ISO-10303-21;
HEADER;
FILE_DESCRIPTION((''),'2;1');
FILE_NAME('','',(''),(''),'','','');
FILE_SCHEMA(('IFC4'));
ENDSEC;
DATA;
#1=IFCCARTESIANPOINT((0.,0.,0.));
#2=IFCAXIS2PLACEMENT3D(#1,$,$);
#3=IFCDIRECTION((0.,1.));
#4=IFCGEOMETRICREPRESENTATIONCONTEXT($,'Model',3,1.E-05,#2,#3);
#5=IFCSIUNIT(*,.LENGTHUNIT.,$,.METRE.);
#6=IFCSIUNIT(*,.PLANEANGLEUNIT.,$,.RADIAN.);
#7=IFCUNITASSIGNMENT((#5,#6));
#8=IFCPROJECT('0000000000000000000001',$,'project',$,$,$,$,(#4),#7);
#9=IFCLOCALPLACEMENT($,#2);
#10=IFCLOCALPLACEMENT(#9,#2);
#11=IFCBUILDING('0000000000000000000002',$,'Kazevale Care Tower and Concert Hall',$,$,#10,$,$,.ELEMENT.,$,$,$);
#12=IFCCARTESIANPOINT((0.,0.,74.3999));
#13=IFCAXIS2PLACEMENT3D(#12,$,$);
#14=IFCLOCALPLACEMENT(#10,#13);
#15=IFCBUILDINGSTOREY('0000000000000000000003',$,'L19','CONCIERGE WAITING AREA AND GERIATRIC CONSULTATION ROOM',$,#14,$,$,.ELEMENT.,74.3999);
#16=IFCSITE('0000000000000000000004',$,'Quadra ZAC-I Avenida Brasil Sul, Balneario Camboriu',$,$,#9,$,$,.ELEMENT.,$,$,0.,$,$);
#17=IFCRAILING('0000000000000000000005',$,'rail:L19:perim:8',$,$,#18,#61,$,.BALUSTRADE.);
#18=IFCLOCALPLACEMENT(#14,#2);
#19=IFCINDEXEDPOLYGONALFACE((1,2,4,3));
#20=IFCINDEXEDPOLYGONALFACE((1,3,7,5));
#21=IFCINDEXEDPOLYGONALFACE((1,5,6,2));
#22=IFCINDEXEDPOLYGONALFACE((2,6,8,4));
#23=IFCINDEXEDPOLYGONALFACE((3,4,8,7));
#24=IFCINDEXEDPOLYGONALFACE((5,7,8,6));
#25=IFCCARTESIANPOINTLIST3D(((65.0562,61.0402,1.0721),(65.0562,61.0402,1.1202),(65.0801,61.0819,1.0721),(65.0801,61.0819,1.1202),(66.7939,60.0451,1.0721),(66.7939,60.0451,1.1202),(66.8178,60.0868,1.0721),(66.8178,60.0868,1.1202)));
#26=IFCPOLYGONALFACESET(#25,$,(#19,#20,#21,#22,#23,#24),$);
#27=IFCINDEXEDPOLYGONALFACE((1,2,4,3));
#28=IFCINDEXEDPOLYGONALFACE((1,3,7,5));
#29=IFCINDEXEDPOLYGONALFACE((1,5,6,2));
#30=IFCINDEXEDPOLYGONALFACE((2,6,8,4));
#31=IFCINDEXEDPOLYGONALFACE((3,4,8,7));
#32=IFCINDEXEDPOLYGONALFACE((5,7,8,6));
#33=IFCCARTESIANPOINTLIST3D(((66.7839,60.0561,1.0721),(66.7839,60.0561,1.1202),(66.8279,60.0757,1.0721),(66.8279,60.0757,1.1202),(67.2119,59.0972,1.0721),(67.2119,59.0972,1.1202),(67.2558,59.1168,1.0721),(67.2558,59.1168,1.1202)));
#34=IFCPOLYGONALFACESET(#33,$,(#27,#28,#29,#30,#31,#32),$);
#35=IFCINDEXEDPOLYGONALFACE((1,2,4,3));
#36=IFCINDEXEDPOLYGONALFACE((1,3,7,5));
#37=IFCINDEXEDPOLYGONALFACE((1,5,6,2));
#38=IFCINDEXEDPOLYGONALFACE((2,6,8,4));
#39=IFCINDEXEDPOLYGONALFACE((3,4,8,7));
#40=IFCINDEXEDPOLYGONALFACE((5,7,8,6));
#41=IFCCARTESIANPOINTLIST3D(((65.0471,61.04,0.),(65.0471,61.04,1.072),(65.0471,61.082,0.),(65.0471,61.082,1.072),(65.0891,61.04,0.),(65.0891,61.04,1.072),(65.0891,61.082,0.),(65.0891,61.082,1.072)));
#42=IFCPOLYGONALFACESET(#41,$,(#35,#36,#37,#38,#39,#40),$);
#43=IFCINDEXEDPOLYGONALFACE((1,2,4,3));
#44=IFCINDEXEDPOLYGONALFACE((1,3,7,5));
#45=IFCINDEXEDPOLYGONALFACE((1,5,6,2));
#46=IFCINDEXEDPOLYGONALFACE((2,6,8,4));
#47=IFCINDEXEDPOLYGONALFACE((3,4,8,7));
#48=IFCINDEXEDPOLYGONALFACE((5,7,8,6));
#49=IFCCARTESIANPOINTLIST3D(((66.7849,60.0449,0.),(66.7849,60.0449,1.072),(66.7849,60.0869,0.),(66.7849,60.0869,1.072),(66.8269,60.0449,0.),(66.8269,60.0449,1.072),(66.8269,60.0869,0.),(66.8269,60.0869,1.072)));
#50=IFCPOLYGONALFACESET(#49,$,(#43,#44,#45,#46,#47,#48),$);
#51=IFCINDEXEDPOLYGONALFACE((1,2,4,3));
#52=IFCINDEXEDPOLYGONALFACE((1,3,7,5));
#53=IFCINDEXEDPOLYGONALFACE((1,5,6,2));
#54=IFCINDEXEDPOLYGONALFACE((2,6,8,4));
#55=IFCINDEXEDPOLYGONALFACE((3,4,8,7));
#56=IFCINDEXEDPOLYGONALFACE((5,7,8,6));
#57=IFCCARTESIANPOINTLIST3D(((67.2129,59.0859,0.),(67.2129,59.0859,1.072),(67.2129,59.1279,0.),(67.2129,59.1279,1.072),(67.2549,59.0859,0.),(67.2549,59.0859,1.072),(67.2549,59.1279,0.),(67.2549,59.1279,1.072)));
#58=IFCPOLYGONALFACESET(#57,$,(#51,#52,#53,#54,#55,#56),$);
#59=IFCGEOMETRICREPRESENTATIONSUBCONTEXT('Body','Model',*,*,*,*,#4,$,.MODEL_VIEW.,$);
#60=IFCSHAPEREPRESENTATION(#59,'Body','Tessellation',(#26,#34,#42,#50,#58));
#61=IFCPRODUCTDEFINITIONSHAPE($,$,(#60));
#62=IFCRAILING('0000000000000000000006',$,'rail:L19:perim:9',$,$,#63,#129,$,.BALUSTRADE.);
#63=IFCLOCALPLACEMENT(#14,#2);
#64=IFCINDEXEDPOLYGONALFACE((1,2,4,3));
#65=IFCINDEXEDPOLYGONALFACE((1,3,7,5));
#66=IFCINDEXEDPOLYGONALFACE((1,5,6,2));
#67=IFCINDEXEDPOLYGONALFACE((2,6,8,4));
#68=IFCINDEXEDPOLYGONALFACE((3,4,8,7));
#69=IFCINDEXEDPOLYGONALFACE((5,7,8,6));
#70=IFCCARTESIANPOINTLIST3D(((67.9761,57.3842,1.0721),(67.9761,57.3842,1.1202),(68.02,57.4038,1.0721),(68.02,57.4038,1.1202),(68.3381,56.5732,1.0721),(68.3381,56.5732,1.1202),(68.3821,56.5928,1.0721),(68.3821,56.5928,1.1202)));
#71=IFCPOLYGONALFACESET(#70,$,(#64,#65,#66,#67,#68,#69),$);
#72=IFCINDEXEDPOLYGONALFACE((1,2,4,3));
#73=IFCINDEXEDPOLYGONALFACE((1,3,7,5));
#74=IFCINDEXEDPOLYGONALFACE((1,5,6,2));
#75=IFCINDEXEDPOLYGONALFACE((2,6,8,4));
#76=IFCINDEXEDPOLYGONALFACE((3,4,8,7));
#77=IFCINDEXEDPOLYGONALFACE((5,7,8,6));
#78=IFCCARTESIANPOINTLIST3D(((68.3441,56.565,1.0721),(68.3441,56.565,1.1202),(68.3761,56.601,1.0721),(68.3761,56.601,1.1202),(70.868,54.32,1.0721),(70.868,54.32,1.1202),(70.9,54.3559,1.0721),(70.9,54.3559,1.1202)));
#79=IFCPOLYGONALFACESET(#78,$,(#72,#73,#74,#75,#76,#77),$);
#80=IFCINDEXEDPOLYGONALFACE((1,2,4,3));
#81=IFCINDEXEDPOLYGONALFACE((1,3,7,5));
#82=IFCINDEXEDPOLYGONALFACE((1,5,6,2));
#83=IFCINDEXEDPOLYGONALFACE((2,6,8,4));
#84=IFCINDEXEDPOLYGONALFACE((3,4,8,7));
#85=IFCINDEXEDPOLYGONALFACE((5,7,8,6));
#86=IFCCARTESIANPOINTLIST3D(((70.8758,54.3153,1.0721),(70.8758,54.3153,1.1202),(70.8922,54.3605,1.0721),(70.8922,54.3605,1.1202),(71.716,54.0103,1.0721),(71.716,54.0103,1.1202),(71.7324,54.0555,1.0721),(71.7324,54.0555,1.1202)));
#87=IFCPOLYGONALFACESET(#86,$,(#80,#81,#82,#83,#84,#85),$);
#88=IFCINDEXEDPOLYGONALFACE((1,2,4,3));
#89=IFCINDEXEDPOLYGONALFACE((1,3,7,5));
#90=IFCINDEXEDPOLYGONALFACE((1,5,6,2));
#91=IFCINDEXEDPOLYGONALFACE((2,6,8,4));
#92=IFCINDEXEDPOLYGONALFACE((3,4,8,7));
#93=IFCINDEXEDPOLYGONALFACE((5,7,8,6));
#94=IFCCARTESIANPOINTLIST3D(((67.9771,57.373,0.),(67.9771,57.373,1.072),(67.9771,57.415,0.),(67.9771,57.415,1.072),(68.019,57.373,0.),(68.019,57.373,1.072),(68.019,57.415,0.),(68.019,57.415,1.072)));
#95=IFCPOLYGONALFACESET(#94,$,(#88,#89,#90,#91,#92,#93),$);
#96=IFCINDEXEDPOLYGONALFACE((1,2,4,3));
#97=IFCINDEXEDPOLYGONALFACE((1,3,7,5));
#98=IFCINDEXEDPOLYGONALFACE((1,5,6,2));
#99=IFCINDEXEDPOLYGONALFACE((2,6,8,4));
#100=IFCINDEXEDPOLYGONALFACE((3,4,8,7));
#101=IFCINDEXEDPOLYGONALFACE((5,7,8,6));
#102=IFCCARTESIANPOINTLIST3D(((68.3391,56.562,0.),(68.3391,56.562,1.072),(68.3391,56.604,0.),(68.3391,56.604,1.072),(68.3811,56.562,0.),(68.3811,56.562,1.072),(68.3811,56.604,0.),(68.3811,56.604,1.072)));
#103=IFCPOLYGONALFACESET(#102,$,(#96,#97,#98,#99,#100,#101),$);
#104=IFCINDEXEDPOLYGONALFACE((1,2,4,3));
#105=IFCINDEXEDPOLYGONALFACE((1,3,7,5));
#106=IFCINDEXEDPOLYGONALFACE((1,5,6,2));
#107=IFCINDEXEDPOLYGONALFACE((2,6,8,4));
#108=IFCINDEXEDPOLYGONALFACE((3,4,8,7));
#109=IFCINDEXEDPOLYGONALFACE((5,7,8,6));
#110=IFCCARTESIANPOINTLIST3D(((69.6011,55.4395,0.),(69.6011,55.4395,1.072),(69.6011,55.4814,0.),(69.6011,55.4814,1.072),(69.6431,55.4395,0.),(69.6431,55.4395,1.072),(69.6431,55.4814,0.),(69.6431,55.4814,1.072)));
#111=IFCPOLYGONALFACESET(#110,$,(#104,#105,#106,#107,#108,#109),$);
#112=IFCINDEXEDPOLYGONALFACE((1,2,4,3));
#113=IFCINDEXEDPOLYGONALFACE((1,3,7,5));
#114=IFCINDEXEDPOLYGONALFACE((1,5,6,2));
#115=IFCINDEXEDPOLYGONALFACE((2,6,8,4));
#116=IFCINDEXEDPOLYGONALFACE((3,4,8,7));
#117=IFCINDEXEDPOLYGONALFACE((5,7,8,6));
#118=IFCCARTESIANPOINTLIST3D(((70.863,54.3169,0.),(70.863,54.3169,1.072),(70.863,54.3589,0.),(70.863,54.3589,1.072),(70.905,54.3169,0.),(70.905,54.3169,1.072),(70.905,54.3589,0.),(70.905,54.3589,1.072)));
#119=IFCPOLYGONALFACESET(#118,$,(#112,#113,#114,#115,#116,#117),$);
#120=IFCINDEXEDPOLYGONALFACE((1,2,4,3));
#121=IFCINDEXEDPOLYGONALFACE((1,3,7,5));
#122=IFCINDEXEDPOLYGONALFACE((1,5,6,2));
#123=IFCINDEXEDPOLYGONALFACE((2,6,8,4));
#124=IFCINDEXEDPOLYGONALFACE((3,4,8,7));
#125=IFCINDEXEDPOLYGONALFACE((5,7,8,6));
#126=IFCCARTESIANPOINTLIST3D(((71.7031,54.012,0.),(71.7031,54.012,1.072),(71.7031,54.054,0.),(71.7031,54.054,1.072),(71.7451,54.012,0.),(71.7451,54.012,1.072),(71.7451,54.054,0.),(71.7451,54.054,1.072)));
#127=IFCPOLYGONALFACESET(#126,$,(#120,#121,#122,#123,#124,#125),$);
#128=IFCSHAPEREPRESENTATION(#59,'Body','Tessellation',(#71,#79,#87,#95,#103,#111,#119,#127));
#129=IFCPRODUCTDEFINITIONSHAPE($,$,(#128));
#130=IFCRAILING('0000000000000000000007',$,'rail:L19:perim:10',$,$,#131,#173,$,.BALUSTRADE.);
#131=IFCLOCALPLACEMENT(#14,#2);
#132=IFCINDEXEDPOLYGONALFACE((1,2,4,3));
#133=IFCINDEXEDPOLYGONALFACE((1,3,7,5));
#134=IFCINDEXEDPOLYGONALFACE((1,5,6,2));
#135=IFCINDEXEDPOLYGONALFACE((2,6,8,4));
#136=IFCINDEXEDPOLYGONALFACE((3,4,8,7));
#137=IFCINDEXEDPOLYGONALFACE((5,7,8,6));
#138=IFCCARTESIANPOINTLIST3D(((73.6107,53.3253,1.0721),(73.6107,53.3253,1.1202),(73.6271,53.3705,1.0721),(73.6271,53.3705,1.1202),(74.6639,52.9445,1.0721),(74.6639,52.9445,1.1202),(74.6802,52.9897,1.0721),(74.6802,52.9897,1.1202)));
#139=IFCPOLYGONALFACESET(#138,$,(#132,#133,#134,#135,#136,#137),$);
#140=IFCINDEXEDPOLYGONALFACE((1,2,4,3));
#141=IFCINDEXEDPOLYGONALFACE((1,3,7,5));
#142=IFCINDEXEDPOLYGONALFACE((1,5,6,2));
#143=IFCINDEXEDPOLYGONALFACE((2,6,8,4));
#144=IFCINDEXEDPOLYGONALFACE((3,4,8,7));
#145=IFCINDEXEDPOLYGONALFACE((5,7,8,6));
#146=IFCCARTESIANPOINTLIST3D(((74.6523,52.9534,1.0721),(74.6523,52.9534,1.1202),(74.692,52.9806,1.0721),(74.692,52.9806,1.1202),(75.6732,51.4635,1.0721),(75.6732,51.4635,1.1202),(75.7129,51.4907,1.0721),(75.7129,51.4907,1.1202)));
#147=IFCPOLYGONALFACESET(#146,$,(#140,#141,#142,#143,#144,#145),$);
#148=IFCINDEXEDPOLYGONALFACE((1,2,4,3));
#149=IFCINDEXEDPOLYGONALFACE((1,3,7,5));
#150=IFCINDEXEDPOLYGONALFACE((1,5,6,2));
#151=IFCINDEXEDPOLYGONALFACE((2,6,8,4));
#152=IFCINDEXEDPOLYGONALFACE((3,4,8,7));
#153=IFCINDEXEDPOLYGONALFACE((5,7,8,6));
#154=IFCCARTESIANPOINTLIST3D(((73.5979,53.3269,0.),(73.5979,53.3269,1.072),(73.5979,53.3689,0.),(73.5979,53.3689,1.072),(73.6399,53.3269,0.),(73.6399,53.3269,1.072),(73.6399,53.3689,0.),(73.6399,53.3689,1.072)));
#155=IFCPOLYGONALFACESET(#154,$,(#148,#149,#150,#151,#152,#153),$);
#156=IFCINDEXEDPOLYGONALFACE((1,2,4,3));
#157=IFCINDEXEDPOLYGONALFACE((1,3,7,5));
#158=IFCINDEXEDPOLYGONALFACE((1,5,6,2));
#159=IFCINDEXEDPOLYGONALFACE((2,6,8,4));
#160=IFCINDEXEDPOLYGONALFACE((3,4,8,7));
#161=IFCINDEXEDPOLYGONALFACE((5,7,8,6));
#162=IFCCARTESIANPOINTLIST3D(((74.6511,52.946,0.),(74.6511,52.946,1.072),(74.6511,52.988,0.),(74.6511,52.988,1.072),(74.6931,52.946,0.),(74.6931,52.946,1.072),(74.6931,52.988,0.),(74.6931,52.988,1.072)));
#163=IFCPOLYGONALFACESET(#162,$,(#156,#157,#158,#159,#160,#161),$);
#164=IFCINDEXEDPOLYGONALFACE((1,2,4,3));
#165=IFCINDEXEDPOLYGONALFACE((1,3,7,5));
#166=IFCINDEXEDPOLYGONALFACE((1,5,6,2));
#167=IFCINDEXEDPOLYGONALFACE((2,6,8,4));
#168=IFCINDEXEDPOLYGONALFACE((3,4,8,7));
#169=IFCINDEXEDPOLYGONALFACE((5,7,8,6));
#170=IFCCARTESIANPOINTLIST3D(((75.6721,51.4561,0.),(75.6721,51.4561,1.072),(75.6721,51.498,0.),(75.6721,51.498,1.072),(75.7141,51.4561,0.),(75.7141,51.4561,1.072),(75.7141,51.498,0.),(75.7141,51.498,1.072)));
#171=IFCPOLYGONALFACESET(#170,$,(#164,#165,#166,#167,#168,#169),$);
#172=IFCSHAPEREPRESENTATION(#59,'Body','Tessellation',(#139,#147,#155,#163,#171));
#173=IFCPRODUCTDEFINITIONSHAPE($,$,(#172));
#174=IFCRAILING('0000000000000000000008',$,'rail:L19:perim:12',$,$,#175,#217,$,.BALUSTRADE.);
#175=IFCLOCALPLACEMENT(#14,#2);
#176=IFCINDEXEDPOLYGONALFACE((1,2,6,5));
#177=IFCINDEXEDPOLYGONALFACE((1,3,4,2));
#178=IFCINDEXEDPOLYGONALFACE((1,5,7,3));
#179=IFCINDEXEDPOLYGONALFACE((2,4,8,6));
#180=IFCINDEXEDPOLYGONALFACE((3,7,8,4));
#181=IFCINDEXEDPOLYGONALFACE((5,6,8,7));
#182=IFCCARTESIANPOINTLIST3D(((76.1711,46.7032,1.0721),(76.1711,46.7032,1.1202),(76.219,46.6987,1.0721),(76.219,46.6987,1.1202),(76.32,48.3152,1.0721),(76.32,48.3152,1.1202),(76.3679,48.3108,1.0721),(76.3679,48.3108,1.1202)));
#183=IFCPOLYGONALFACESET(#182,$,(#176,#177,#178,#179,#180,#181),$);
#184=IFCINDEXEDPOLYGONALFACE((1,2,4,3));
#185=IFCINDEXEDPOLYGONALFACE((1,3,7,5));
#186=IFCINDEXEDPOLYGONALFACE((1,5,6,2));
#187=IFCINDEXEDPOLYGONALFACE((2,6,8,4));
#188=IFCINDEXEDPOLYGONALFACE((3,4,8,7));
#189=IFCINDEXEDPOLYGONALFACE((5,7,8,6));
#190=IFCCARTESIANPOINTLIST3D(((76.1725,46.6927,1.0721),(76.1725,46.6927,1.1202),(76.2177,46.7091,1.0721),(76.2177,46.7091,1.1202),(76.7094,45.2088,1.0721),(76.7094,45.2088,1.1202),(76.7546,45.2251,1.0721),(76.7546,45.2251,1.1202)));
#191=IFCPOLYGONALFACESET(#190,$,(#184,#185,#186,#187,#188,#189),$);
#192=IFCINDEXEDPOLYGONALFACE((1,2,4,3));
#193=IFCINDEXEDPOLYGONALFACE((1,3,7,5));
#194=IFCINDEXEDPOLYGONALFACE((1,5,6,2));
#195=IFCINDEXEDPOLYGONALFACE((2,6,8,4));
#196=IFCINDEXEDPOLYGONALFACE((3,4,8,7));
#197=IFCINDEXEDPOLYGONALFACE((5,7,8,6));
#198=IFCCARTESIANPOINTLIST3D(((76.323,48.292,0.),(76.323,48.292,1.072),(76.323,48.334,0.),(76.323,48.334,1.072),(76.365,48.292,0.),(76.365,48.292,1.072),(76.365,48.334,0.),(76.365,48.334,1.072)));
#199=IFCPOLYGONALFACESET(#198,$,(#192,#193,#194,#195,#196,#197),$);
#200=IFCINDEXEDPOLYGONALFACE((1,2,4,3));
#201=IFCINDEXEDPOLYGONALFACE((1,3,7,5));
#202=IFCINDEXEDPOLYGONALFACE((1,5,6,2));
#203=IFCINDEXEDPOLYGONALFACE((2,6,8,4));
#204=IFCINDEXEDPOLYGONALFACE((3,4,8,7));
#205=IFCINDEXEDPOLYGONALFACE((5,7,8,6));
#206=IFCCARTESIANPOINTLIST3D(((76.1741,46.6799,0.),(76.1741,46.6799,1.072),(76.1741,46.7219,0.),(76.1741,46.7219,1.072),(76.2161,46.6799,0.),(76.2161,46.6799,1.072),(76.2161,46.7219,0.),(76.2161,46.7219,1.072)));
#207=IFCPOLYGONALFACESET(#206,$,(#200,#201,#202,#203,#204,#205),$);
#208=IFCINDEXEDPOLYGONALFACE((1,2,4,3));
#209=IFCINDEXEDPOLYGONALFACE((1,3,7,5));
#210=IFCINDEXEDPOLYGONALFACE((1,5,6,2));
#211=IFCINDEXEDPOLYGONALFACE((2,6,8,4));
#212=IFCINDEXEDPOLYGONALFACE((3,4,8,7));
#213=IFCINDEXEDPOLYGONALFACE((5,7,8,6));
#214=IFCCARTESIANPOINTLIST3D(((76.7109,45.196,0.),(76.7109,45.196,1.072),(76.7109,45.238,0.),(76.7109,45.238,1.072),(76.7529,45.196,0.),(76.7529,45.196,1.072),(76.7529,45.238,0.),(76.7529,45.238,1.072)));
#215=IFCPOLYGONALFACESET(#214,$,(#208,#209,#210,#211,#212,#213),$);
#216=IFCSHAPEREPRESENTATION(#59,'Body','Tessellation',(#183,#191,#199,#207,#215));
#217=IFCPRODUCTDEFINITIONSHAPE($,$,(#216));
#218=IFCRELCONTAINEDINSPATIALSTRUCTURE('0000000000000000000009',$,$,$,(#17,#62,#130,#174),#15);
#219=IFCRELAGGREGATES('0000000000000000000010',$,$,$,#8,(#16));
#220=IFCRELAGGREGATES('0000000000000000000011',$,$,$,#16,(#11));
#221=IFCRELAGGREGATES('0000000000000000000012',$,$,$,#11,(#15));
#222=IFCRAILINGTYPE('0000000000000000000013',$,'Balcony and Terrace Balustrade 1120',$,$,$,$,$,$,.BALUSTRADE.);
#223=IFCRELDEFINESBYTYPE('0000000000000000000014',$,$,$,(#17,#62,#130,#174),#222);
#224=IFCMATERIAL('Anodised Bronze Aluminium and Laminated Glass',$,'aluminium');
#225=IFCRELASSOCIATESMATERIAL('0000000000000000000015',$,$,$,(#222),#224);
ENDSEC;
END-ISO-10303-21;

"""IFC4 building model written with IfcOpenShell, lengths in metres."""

from ifc_helpers import new_model, si_unit, direction, frame, origin, origin_2d, place, context, subcontext, project, spatial, rectangle, extrude, material, type_object, element, save


model = new_model("IFC4")

# Units and contexts
model_context = context("Model", 3, precision=1e-05, world=origin(), true_north=direction((0.0, 1.0)))
body_context = subcontext(model_context, "Body", "Model", "MODEL_VIEW")
ifc_project = project(units=[si_unit("LENGTHUNIT", "METRE"), si_unit("PLANEANGLEUNIT", "RADIAN")], contexts=[model_context])

# Site, building, storey
site_placement = place(None, origin())
site = spatial("IfcSite", under=ifc_project, at=site_placement, Name="Quadra ZAC-I Avenida Brasil Sul, Balneario Camboriu", CompositionType="ELEMENT", RefElevation=0.0)
building_placement = place(site_placement, origin())
building = spatial("IfcBuilding", under=site, at=building_placement, Name="Kazevale Care Tower and Concert Hall", CompositionType="ELEMENT")
storey_placement = place(building_placement, frame((0.0, 0.0, 74.3999)))
storey = spatial("IfcBuildingStorey", under=building, at=storey_placement, Name="L19", Description="CONCIERGE WAITING AREA AND GERIATRIC CONSULTATION ROOM", CompositionType="ELEMENT", Elevation=74.3999)

# Railings
ifc_material_1 = material(Name="Anodised Bronze Aluminium and Laminated Glass", Category="aluminium")
railing_type = type_object("IfcRailingType", Name="Balcony and Terrace Balustrade 1120", PredefinedType="BALUSTRADE", material=ifc_material_1)
railing_1_placement = place(storey_placement, frame((65.0681, 61.061, 0.0)))
element("IfcRailing", 1, at=railing_1_placement, inside=storey, type_object=railing_type, Name="rail:L19:perim:8", PredefinedType="BALUSTRADE", context=body_context, shape_type="SweptSolid", body=[
    extrude(rectangle(XDim=0.0481, YDim=0.0481, at=origin_2d()), frame((0.0, 0.0, 1.0962), z_axis=(0.867793, -0.496926, 0.0), x_axis=(0.496926, 0.867793, 0.0)), (0.0, 0.0, 1.0), 2.0024),
    extrude(rectangle(XDim=0.0481, YDim=0.0481, at=origin_2d()), frame((1.7378, -0.9951, 1.0962), z_axis=(0.40754, -0.913187, 0.0), x_axis=(0.913187, 0.40754, 0.0)), (0.0, 0.0, 1.0), 1.05),
    extrude(rectangle(XDim=0.042, YDim=0.042, at=origin_2d()), origin(), (0.0, 0.0, 1.0), 1.072),
    extrude(rectangle(XDim=0.042, YDim=0.042, at=origin_2d()), frame((1.7378, -0.9951, 0.0)), (0.0, 0.0, 1.0), 1.072),
    extrude(rectangle(XDim=0.042, YDim=0.042, at=origin_2d()), frame((2.1658, -1.9541, 0.0)), (0.0, 0.0, 1.0), 1.072),
])
railing_2_placement = place(storey_placement, frame((67.998, 57.394, 0.0)))
element("IfcRailing", 2, at=railing_2_placement, inside=storey, type_object=railing_type, Name="rail:L19:perim:9", PredefinedType="BALUSTRADE", context=body_context, shape_type="SweptSolid", body=[
    extrude(rectangle(XDim=0.0481, YDim=0.0481, at=origin_2d()), frame((0.0, 0.0, 1.0962), z_axis=(0.407643, -0.913142, 0.0), x_axis=(0.913142, 0.407643, 0.0)), (0.0, 0.0, 1.0), 0.8882),
    extrude(rectangle(XDim=0.0481, YDim=0.0481, at=origin_2d()), frame((0.3621, -0.811, 1.0962), z_axis=(0.74717, -0.664633, 0.0), x_axis=(0.664633, 0.74717, 0.0)), (0.0, 0.0, 1.0), 3.3779),
    extrude(rectangle(XDim=0.0481, YDim=0.0481, at=origin_2d()), frame((2.886, -3.0562, 1.0962), z_axis=(0.939993, -0.341195, 0.0), x_axis=(0.341195, 0.939993, 0.0)), (0.0, 0.0, 1.0), 0.8938),
    extrude(rectangle(XDim=0.042, YDim=0.042, at=origin_2d()), origin(), (0.0, 0.0, 1.0), 1.072),
    extrude(rectangle(XDim=0.042, YDim=0.042, at=origin_2d()), frame((0.3621, -0.811, 0.0)), (0.0, 0.0, 1.0), 1.072),
    extrude(rectangle(XDim=0.042, YDim=0.042, at=origin_2d()), frame((1.624, -1.9336, 0.0)), (0.0, 0.0, 1.0), 1.072),
    extrude(rectangle(XDim=0.042, YDim=0.042, at=origin_2d()), frame((2.886, -3.0562, 0.0)), (0.0, 0.0, 1.0), 1.072),
    extrude(rectangle(XDim=0.042, YDim=0.042, at=origin_2d()), frame((3.7261, -3.3611, 0.0)), (0.0, 0.0, 1.0), 1.072),
])
railing_3_placement = place(storey_placement, frame((73.6189, 53.3479, 0.0)))
element("IfcRailing", 3, at=railing_3_placement, inside=storey, type_object=railing_type, Name="rail:L19:perim:10", PredefinedType="BALUSTRADE", context=body_context, shape_type="SweptSolid", body=[
    extrude(rectangle(XDim=0.0481, YDim=0.0481, at=origin_2d()), frame((0.0, 0.0, 1.0962), z_axis=(0.940403, -0.340062, 0.0), x_axis=(0.340062, 0.940403, 0.0)), (0.0, 0.0, 1.0), 1.1199),
    extrude(rectangle(XDim=0.0481, YDim=0.0481, at=origin_2d()), frame((1.0532, -0.3809, 1.0962), z_axis=(0.56526, -0.824913, 0.0), x_axis=(0.824913, 0.56526, 0.0)), (0.0, 0.0, 1.0), 1.8062),
    extrude(rectangle(XDim=0.042, YDim=0.042, at=origin_2d()), origin(), (0.0, 0.0, 1.0), 1.072),
    extrude(rectangle(XDim=0.042, YDim=0.042, at=origin_2d()), frame((1.0532, -0.3809, 0.0)), (0.0, 0.0, 1.0), 1.072),
    extrude(rectangle(XDim=0.042, YDim=0.042, at=origin_2d()), frame((2.0742, -1.8708, 0.0)), (0.0, 0.0, 1.0), 1.072),
])
railing_4_placement = place(storey_placement, frame((76.344, 48.313, 0.0)))
element("IfcRailing", 4, at=railing_4_placement, inside=storey, type_object=railing_type, Name="rail:L19:perim:12", PredefinedType="BALUSTRADE", context=body_context, shape_type="SweptSolid", body=[
    extrude(rectangle(XDim=0.0481, YDim=0.0481, at=origin_2d()), frame((0.0, 0.0, 1.0962), z_axis=(-0.091991, -0.99576, 0.0), x_axis=(0.99576, -0.091991, 0.0)), (0.0, 0.0, 1.0), 1.6189),
    extrude(rectangle(XDim=0.0481, YDim=0.0481, at=origin_2d()), frame((-0.1489, -1.6121, 1.0962), z_axis=(0.340215, -0.940348, 0.0), x_axis=(0.940348, 0.340215, 0.0)), (0.0, 0.0, 1.0), 1.5781),
    extrude(rectangle(XDim=0.042, YDim=0.042, at=origin_2d()), origin(), (0.0, 0.0, 1.0), 1.072),
    extrude(rectangle(XDim=0.042, YDim=0.042, at=origin_2d()), frame((-0.1489, -1.6121, 0.0)), (0.0, 0.0, 1.0), 1.072),
    extrude(rectangle(XDim=0.042, YDim=0.042, at=origin_2d()), frame((0.3879, -3.0959, 0.0)), (0.0, 0.0, 1.0), 1.072),
])

save(model, "model.ifc")
